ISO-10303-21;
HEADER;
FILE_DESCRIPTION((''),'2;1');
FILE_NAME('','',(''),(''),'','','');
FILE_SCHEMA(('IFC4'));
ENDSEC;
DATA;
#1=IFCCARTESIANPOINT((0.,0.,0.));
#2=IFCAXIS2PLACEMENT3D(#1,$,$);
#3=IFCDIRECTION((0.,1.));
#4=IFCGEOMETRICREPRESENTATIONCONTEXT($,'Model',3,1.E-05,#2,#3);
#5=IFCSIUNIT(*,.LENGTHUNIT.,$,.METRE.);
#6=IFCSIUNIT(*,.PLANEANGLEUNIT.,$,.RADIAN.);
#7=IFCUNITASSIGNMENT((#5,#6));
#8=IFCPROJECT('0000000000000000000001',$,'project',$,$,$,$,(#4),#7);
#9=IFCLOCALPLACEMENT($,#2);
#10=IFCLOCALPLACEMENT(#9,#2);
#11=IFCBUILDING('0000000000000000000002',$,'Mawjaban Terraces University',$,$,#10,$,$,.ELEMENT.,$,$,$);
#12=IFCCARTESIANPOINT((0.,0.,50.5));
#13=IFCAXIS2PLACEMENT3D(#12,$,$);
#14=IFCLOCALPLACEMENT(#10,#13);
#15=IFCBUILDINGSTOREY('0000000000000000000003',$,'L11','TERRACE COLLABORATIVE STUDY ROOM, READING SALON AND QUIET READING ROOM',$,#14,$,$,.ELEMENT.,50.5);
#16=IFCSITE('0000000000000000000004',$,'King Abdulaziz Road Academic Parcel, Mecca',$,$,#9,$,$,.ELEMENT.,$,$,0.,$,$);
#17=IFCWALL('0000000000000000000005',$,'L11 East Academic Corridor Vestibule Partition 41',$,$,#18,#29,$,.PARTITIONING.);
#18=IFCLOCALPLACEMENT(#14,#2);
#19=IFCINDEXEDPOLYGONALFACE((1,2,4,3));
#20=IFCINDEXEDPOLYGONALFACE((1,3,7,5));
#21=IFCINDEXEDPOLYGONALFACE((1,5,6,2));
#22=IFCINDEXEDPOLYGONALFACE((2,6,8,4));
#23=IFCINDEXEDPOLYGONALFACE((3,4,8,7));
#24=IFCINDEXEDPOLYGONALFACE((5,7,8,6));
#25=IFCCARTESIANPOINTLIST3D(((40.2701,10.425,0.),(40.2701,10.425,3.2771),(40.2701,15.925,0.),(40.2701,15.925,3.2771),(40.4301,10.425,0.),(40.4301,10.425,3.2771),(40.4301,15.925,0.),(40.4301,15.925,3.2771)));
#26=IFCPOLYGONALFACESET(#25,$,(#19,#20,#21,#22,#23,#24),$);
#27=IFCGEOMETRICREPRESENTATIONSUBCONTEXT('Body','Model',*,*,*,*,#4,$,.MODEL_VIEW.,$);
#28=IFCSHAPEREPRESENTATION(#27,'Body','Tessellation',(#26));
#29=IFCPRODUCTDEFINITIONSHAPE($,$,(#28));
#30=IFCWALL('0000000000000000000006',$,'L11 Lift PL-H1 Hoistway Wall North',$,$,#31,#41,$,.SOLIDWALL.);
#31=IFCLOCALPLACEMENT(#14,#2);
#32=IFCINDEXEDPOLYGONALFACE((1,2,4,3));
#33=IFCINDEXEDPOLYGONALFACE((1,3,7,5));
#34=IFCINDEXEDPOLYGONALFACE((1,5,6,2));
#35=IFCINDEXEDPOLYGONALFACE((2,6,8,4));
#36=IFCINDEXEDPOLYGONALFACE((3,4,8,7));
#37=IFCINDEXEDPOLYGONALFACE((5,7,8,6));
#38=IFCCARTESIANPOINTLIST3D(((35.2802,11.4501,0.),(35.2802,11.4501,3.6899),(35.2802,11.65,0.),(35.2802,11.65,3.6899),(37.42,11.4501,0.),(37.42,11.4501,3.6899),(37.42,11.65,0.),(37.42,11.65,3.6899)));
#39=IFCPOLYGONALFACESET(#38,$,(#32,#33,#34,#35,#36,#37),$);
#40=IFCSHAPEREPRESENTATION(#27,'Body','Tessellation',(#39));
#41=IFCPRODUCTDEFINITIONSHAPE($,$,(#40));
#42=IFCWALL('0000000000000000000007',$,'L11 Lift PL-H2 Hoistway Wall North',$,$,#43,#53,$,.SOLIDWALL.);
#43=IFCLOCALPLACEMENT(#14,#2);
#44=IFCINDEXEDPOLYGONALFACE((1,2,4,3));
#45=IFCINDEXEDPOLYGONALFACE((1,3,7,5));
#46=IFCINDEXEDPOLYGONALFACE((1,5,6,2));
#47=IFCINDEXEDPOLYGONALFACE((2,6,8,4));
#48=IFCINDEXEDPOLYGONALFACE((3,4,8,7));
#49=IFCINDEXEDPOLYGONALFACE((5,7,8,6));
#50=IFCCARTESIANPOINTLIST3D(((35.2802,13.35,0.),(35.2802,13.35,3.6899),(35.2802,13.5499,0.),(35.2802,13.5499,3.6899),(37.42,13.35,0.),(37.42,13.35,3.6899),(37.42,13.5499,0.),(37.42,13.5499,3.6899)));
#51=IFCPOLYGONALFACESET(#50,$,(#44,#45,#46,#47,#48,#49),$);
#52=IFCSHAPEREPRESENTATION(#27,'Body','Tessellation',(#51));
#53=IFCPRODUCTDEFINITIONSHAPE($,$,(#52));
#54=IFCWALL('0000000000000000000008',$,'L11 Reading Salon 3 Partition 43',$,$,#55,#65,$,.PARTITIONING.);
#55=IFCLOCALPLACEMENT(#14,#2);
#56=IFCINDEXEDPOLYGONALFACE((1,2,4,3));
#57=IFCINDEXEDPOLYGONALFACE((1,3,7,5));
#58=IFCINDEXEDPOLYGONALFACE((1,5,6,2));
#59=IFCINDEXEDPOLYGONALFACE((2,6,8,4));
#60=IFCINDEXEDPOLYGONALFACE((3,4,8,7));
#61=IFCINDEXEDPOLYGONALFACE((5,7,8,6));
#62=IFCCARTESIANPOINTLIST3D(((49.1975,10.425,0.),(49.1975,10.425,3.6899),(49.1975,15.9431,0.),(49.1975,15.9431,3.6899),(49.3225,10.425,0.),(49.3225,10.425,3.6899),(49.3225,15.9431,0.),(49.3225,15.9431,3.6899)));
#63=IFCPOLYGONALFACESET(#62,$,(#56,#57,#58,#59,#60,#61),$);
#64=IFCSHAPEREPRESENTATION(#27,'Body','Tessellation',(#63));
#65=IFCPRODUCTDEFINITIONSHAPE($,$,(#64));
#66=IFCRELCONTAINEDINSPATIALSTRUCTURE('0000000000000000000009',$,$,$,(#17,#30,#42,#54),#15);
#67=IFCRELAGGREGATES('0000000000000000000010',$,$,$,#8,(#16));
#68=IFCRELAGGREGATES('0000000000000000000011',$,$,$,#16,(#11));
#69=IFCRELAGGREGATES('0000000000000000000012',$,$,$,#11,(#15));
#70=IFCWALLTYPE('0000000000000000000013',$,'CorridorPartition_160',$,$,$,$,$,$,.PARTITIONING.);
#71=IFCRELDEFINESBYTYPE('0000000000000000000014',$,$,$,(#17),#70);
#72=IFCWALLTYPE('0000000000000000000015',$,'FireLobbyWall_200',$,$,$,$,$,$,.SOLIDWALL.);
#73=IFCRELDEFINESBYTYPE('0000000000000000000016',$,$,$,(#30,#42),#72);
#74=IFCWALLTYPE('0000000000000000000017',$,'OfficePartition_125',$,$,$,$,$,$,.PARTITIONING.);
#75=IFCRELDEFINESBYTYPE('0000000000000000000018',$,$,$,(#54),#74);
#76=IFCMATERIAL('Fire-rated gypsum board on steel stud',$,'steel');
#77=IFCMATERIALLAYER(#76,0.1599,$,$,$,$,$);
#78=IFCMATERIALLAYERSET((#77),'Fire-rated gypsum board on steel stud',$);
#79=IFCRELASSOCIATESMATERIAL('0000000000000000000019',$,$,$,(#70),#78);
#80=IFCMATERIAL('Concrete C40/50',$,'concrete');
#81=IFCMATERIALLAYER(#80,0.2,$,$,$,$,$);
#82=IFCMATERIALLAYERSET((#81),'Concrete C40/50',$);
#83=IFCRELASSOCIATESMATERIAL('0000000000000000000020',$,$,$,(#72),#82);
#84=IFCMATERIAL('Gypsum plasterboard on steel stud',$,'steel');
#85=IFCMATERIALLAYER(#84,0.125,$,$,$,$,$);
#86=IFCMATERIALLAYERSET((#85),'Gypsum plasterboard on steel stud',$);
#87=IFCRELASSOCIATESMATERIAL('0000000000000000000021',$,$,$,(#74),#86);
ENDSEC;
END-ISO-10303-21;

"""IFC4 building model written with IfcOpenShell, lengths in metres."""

from ifc_helpers import new_model, si_unit, direction, frame, frame_2d, origin, place, context, subcontext, project, spatial, rectangle, extrude, material, layer, layer_set, type_object, element, save


model = new_model("IFC4")

# Units and contexts
model_context = context("Model", 3, precision=1e-05, world=origin(), true_north=direction((0.0, 1.0)))
body_context = subcontext(model_context, "Body", "Model", "MODEL_VIEW")
ifc_project = project(units=[si_unit("LENGTHUNIT", "METRE"), si_unit("PLANEANGLEUNIT", "RADIAN")], contexts=[model_context])

# Site, building, storey
site_placement = place(None, origin())
site = spatial("IfcSite", under=ifc_project, at=site_placement, Name="King Abdulaziz Road Academic Parcel, Mecca", CompositionType="ELEMENT", RefElevation=0.0)
building_placement = place(site_placement, origin())
building = spatial("IfcBuilding", under=site, at=building_placement, Name="Mawjaban Terraces University", CompositionType="ELEMENT")
storey_placement = place(building_placement, frame((0.0, 0.0, 50.5)))
storey = spatial("IfcBuildingStorey", under=building, at=storey_placement, Name="L11", Description="TERRACE COLLABORATIVE STUDY ROOM, READING SALON AND QUIET READING ROOM", CompositionType="ELEMENT", Elevation=50.5)

# Shared definitions
ifc_material_1 = material(Name="Fire-rated gypsum board on steel stud", Category="steel")
ifc_layer_1 = layer(ifc_material_1, 0.1599)
ifc_layer_set_1 = layer_set([ifc_layer_1], Name="Fire-rated gypsum board on steel stud")
wall_type_1 = type_object("IfcWallType", Name="CorridorPartition_160", PredefinedType="PARTITIONING", material=ifc_layer_set_1)

# Walls
wall_1_placement = place(storey_placement, frame((40.3501, 10.425, 0.0), z_axis=(0.0, 0.0, 1.0), x_axis=(0.0, 1.0, 0.0)))
element("IfcWall", 1, at=wall_1_placement, inside=storey, type_object=wall_type_1, Name="L11 East Academic Corridor Vestibule Partition 41", PredefinedType="PARTITIONING", context=body_context, shape_type="SweptSolid", body=[
    extrude(rectangle(XDim=5.5, YDim=0.1599, at=frame_2d((2.75, 0.0))), origin(), (0.0, 0.0, 1.0), 3.2771),
])
ifc_material_2 = material(Name="Concrete C40/50", Category="concrete")
ifc_layer_2 = layer(ifc_material_2, 0.2)
ifc_layer_set_2 = layer_set([ifc_layer_2], Name="Concrete C40/50")
wall_type_2 = type_object("IfcWallType", Name="FireLobbyWall_200", PredefinedType="SOLIDWALL", material=ifc_layer_set_2)
for number, where, z_axis, x_axis, name in (
    (2, (37.4199, 11.55, 0.0), (0.0, 0.0, 1.0), (-1.0, 0.0, 0.0), "L11 Lift PL-H1 Hoistway Wall North"),
    (3, (37.4199, 13.45, 0.0), (0.0, 0.0, 1.0), (-1.0, 0.0, 0.0), "L11 Lift PL-H2 Hoistway Wall North"),
):
    element("IfcWall", number, at=place(storey_placement, frame(where, z_axis=z_axis, x_axis=x_axis)), inside=storey, type_object=wall_type_2, Name=name, PredefinedType="SOLIDWALL", context=body_context, shape_type="SweptSolid", body=[
        extrude(rectangle(XDim=2.1399, YDim=0.2, at=frame_2d((1.0698, 0.0))), origin(), (0.0, 0.0, 1.0), 3.6899),
    ])
ifc_material_3 = material(Name="Gypsum plasterboard on steel stud", Category="steel")
ifc_layer_3 = layer(ifc_material_3, 0.125)
ifc_layer_set_3 = layer_set([ifc_layer_3], Name="Gypsum plasterboard on steel stud")
wall_type_3 = type_object("IfcWallType", Name="OfficePartition_125", PredefinedType="PARTITIONING", material=ifc_layer_set_3)
wall_2_placement = place(storey_placement, frame((49.26, 10.425, 0.0), z_axis=(0.0, 0.0, 1.0), x_axis=(0.0, 1.0, 0.0)))
element("IfcWall", 4, at=wall_2_placement, inside=storey, type_object=wall_type_3, Name="L11 Reading Salon 3 Partition 43", PredefinedType="PARTITIONING", context=body_context, shape_type="SweptSolid", body=[
    extrude(rectangle(XDim=5.5181, YDim=0.125, at=frame_2d((2.759, 0.0))), origin(), (0.0, 0.0, 1.0), 3.6899),
])

save(model, "model.ifc")
